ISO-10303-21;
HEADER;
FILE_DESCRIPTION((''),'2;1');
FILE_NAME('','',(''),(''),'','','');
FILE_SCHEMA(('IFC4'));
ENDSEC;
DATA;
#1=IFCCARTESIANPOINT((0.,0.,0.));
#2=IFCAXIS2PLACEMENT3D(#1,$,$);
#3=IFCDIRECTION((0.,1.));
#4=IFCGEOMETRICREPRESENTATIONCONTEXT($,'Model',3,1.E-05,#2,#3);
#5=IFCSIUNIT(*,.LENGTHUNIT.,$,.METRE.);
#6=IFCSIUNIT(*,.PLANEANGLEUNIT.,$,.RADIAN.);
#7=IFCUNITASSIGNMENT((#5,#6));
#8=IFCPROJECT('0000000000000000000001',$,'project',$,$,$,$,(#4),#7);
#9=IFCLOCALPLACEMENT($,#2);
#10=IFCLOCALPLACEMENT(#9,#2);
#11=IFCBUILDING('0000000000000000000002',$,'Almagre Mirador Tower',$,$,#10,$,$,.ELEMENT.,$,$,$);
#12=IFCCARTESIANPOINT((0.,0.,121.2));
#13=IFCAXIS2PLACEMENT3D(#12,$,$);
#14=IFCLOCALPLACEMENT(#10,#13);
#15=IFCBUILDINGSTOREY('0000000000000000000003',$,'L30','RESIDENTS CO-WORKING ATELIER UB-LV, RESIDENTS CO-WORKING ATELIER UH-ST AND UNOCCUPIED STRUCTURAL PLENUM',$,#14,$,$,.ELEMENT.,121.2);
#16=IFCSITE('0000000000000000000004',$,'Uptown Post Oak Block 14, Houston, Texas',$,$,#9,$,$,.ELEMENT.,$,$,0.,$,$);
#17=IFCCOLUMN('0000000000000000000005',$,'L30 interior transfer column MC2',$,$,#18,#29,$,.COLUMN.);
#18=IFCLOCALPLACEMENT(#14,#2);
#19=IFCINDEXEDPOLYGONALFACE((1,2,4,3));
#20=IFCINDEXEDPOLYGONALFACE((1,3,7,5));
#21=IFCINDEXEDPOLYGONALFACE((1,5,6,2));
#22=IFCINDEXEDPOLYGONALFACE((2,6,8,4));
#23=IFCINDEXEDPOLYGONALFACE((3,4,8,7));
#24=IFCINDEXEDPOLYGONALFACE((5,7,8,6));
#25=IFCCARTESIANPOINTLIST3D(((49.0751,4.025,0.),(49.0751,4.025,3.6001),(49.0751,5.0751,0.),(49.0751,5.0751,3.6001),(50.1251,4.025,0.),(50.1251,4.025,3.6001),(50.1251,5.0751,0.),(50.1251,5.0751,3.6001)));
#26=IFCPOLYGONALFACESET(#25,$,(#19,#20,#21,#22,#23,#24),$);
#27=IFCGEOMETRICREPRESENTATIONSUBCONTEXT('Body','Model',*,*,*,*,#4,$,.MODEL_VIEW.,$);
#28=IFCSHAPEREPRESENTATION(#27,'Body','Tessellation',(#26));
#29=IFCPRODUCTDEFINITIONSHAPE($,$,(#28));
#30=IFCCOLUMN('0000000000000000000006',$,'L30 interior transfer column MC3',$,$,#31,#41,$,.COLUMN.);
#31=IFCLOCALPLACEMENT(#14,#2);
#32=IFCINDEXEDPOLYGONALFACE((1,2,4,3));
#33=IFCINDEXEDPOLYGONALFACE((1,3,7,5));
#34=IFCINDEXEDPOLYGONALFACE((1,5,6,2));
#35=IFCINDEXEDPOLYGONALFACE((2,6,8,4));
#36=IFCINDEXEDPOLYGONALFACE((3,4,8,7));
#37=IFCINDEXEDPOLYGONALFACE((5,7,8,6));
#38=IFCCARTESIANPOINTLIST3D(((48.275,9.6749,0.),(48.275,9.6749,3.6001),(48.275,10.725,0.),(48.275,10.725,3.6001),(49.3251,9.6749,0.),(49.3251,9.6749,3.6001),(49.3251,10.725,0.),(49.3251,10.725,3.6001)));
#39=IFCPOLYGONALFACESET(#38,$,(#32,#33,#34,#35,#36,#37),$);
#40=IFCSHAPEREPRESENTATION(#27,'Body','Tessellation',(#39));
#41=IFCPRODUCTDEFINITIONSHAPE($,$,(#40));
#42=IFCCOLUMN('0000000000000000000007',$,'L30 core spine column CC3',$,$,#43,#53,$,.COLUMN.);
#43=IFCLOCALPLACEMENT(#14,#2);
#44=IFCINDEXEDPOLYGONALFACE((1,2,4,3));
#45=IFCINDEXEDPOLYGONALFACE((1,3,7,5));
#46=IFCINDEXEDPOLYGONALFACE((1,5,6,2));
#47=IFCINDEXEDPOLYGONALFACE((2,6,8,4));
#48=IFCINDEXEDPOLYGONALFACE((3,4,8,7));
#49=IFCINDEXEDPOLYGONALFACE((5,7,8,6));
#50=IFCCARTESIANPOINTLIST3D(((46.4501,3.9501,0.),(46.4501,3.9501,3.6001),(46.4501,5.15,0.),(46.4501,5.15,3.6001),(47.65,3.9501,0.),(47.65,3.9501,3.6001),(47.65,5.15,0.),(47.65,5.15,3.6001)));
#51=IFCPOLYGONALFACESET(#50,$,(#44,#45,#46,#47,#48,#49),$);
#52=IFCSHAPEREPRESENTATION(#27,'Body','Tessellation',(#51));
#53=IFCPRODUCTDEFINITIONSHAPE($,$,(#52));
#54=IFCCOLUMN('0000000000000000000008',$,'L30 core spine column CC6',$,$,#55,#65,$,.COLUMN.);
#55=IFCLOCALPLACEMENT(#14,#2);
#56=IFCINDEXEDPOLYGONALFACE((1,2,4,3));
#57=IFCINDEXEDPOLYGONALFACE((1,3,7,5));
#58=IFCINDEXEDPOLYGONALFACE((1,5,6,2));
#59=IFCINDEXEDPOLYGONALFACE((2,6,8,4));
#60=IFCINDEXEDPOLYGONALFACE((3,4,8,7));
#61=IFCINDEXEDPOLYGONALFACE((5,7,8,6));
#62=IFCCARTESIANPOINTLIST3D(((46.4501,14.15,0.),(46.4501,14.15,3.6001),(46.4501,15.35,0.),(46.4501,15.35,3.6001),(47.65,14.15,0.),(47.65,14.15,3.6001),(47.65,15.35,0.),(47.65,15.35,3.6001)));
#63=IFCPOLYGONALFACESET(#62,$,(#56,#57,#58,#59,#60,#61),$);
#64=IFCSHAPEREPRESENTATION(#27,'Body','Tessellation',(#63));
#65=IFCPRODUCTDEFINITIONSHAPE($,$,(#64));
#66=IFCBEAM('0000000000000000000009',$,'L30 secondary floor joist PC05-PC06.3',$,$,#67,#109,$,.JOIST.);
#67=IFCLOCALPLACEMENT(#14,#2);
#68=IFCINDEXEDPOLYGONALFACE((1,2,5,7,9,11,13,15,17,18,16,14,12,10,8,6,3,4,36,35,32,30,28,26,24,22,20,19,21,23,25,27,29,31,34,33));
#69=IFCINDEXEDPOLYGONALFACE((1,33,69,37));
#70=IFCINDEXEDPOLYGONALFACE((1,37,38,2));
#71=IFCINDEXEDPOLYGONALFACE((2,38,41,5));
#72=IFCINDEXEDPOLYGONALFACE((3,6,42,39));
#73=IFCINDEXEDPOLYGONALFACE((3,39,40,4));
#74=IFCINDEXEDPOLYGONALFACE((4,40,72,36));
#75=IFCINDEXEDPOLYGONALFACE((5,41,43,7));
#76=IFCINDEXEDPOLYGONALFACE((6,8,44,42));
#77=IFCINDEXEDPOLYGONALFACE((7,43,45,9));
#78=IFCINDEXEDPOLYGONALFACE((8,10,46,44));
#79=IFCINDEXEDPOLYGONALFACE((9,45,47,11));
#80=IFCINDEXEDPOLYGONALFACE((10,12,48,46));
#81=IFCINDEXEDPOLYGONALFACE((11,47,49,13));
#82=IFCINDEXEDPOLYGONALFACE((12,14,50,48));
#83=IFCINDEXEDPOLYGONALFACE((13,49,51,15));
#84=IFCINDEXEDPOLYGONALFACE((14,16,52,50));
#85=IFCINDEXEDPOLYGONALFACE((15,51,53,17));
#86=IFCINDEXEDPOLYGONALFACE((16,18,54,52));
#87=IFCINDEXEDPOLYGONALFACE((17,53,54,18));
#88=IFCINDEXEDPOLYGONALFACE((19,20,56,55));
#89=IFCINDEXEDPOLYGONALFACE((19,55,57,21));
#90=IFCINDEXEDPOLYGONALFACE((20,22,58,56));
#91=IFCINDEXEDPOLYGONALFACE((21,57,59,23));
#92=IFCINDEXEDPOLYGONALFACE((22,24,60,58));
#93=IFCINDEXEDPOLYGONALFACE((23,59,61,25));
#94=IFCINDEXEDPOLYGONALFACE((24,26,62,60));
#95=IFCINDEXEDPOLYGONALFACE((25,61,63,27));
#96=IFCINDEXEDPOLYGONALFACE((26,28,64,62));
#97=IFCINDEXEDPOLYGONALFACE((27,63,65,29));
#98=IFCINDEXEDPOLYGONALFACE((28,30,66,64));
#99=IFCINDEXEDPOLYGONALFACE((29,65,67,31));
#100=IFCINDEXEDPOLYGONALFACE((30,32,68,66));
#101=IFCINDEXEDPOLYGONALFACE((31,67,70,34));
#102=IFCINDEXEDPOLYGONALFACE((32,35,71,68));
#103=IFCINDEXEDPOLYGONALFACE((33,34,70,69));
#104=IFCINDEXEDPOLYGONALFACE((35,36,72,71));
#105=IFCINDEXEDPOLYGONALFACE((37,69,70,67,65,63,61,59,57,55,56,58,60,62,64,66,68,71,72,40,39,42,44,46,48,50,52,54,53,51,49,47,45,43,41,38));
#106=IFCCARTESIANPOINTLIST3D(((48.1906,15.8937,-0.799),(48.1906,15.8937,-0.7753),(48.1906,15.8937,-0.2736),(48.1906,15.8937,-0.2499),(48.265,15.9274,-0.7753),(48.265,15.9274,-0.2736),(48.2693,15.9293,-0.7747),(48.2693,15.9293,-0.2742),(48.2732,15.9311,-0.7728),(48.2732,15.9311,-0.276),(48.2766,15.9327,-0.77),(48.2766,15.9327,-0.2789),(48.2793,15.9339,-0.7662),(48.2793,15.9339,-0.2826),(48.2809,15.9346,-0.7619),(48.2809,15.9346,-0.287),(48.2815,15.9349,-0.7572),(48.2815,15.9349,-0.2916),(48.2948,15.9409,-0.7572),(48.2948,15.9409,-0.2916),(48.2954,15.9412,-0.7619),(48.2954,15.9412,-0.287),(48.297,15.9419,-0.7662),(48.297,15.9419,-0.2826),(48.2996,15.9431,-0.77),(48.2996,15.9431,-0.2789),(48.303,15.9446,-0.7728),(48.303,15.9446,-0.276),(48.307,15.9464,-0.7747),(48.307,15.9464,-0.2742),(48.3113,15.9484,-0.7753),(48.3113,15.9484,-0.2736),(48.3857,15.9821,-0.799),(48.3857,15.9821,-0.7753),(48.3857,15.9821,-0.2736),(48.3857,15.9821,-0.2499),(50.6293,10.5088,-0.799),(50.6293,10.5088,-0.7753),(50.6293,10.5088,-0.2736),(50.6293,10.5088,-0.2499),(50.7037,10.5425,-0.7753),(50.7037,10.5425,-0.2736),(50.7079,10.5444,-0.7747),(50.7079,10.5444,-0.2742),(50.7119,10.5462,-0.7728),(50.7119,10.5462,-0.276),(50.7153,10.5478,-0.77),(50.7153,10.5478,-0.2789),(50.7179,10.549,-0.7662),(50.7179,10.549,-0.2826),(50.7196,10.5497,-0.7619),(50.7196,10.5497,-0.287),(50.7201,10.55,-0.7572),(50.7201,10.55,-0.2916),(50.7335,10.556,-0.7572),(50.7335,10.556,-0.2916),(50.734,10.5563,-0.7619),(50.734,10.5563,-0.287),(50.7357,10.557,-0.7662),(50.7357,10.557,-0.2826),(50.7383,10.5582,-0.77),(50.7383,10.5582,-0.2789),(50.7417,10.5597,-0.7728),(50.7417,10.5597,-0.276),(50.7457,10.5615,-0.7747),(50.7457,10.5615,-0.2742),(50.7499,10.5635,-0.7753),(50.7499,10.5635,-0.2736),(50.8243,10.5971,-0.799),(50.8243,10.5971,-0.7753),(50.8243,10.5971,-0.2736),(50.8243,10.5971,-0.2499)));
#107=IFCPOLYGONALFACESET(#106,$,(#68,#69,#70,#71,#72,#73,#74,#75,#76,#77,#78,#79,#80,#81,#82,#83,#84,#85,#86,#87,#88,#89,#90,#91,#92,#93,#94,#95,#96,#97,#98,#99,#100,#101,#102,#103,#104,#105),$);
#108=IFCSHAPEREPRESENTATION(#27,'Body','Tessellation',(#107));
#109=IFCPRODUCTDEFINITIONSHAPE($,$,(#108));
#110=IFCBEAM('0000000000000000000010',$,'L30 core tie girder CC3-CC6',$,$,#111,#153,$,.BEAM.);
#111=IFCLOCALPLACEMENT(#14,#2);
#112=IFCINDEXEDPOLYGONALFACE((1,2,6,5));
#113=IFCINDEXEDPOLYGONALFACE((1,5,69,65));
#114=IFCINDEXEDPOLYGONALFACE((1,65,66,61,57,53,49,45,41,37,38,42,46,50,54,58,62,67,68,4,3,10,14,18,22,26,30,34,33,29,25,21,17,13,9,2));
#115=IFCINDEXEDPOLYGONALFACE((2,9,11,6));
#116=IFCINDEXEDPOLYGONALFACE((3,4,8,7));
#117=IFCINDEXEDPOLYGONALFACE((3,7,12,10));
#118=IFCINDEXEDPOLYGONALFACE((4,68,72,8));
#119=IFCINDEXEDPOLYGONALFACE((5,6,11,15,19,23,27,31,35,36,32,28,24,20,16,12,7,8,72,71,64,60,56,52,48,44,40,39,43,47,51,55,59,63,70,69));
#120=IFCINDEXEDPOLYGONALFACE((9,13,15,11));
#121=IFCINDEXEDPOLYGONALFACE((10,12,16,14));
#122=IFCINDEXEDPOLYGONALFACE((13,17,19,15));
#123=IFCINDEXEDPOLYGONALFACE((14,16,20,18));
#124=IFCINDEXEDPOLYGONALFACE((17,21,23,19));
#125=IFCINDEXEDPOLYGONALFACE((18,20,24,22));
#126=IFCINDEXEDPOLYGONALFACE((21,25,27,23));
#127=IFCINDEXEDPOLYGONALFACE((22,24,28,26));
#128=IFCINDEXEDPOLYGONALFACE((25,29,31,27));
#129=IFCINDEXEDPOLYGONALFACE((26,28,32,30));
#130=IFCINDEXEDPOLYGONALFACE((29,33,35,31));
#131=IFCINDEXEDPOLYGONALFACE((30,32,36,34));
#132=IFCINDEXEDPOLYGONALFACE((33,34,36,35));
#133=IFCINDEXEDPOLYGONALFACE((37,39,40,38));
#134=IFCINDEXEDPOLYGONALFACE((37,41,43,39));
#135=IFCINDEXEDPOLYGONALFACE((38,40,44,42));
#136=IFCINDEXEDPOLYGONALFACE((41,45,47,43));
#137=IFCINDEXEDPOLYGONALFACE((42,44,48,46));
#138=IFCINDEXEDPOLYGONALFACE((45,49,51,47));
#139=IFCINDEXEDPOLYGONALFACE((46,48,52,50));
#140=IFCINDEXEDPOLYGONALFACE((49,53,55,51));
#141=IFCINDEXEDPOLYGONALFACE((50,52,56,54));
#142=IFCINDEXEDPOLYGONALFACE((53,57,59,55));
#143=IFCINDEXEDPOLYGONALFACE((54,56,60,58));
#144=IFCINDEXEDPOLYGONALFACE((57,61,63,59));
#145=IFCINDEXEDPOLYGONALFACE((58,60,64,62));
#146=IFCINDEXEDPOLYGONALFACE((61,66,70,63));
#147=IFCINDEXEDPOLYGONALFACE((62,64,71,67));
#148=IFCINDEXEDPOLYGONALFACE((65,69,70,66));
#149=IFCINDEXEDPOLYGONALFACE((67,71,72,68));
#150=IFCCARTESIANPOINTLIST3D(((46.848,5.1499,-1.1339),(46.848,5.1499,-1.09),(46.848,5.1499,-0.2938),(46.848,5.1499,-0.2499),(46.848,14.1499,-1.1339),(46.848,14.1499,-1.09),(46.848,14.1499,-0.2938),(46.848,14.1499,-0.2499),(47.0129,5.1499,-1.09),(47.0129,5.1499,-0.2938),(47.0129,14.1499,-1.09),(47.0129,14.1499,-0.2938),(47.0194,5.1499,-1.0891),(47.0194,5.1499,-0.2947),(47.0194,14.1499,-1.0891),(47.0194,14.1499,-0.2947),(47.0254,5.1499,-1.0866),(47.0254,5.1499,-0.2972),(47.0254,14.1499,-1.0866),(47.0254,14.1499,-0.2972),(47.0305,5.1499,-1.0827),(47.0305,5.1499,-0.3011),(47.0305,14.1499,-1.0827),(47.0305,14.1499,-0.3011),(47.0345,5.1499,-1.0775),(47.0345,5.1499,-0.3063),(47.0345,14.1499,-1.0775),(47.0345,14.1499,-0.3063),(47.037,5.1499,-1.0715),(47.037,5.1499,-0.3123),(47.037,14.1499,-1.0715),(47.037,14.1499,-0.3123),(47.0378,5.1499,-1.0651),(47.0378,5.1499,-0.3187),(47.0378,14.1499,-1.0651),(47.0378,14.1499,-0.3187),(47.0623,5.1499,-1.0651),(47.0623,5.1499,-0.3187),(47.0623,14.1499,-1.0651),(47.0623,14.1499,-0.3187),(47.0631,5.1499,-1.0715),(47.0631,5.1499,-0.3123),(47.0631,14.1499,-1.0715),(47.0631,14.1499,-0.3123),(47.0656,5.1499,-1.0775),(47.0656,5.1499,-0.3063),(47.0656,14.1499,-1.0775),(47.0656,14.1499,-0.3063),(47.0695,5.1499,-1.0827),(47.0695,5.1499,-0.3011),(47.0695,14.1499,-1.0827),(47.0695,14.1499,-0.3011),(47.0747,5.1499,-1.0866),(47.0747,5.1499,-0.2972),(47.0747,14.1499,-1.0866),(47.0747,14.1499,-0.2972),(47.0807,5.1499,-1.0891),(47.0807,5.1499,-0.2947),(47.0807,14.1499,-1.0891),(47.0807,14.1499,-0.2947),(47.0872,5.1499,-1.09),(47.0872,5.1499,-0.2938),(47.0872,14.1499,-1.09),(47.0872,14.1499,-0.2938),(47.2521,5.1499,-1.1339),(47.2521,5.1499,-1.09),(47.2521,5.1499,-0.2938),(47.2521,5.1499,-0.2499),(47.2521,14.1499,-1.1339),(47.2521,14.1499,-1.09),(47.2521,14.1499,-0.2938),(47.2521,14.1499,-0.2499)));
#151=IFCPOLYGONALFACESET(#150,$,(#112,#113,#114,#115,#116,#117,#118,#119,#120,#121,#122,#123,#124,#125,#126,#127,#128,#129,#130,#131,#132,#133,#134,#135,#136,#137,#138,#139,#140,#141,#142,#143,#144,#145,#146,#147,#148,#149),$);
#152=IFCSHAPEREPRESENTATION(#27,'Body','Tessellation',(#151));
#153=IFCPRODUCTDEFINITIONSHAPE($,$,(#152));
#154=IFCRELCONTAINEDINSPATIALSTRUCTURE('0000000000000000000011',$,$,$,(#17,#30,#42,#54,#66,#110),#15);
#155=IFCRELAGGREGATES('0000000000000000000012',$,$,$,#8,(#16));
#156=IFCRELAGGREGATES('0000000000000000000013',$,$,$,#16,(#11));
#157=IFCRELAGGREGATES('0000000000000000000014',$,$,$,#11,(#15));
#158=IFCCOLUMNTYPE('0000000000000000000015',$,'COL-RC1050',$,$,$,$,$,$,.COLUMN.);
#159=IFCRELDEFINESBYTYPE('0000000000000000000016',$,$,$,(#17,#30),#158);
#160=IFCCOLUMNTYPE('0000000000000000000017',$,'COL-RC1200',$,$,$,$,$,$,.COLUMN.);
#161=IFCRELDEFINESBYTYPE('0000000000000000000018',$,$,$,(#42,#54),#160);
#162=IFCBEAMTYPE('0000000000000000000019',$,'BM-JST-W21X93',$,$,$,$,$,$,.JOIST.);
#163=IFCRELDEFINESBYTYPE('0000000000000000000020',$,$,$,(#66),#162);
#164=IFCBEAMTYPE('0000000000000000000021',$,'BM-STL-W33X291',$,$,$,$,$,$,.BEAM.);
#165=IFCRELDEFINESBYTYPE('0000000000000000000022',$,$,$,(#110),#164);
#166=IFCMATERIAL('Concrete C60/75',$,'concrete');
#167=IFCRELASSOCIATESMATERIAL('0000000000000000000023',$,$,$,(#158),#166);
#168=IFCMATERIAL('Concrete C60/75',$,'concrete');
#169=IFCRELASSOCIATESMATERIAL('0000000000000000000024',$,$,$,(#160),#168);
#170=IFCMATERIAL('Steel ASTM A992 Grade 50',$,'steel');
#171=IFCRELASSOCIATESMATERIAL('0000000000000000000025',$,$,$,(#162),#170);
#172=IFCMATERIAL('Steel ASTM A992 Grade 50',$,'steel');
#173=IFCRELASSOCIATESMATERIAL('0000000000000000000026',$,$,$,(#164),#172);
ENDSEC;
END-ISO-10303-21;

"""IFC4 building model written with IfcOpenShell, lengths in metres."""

from ifc_helpers import new_model, si_unit, direction, frame, origin, origin_2d, place, context, subcontext, project, spatial, rectangle, i_section, extrude, material, material_profile, profile_set, type_object, element, save


model = new_model("IFC4")

# Units and contexts
model_context = context("Model", 3, precision=1e-05, world=origin(), true_north=direction((0.0, 1.0)))
body_context = subcontext(model_context, "Body", "Model", "MODEL_VIEW")
ifc_project = project(units=[si_unit("LENGTHUNIT", "METRE"), si_unit("PLANEANGLEUNIT", "RADIAN")], contexts=[model_context])

# Site, building, storey
site_placement = place(None, origin())
site = spatial("IfcSite", under=ifc_project, at=site_placement, Name="Uptown Post Oak Block 14, Houston, Texas", CompositionType="ELEMENT", RefElevation=0.0)
building_placement = place(site_placement, origin())
building = spatial("IfcBuilding", under=site, at=building_placement, Name="Almagre Mirador Tower", CompositionType="ELEMENT")
storey_placement = place(building_placement, frame((0.0, 0.0, 121.2)))
storey = spatial("IfcBuildingStorey", under=building, at=storey_placement, Name="L30", Description="RESIDENTS CO-WORKING ATELIER UB-LV, RESIDENTS CO-WORKING ATELIER UH-ST AND UNOCCUPIED STRUCTURAL PLENUM", CompositionType="ELEMENT", Elevation=121.2)

# Columns
ifc_material_1 = material(Name="Concrete C60/75", Category="concrete")
ifc_material_profile_1 = material_profile(ifc_material_1, rectangle(XDim=1.05, YDim=1.05, at=origin_2d()), Name="RC1050X1050")
ifc_profile_set_1 = profile_set([ifc_material_profile_1], Name="Concrete C60/75")
column_type_1 = type_object("IfcColumnType", Name="COL-RC1050", PredefinedType="COLUMN", material=ifc_profile_set_1)
for number, where, z_axis, x_axis, name in (
    (1, (49.6001, 4.55, 0.0), (0.0, 0.0, 1.0), (1.0, 0.0, 0.0), "L30 interior transfer column MC2"),
    (2, (48.8, 10.2, 0.0), (0.0, 0.0, 1.0), (1.0, 0.0, 0.0), "L30 interior transfer column MC3"),
):
    element("IfcColumn", number, at=place(storey_placement, frame(where, z_axis=z_axis, x_axis=x_axis)), inside=storey, type_object=column_type_1, Name=name, PredefinedType="COLUMN", context=body_context, shape_type="SweptSolid", body=[
        extrude(rectangle(XDim=1.05, YDim=1.05, at=origin_2d()), origin(), (0.0, 0.0, 1.0), 3.6001),
    ])
ifc_material_2 = material(Name="Concrete C60/75", Category="concrete")
ifc_material_profile_2 = material_profile(ifc_material_2, rectangle(XDim=1.2, YDim=1.2, at=origin_2d()), Name="RC1200X1200")
ifc_profile_set_2 = profile_set([ifc_material_profile_2], Name="Concrete C60/75")
column_type_2 = type_object("IfcColumnType", Name="COL-RC1200", PredefinedType="COLUMN", material=ifc_profile_set_2)
for number, where, z_axis, x_axis, name in (
    (3, (47.05, 4.55, 0.0), (0.0, 0.0, 1.0), (1.0, 0.0, 0.0), "L30 core spine column CC3"),
    (4, (47.05, 14.75, 0.0), (0.0, 0.0, 1.0), (1.0, 0.0, 0.0), "L30 core spine column CC6"),
):
    element("IfcColumn", number, at=place(storey_placement, frame(where, z_axis=z_axis, x_axis=x_axis)), inside=storey, type_object=column_type_2, Name=name, PredefinedType="COLUMN", context=body_context, shape_type="SweptSolid", body=[
        extrude(rectangle(XDim=1.2, YDim=1.2, at=origin_2d()), origin(), (0.0, 0.0, 1.0), 3.6001),
    ])

# Beams
ifc_material_3 = material(Name="Steel ASTM A992 Grade 50", Category="steel")
ifc_material_profile_3 = material_profile(ifc_material_3, i_section(OverallWidth=0.2141, OverallDepth=0.5491, WebThickness=0.0146, FlangeThickness=0.0237, FilletRadius=0.0181, at=origin_2d()), Name="W21X93")
ifc_profile_set_3 = profile_set([ifc_material_profile_3], Name="Steel ASTM A992 Grade 50")
beam_type_1 = type_object("IfcBeamType", Name="BM-JST-W21X93", PredefinedType="JOIST", material=ifc_profile_set_3)
beam_1_placement = place(storey_placement, frame((50.7268, 10.553, -0.5244), z_axis=(-0.412539, 0.91094, 0.0), x_axis=(-0.91094, -0.412539, 0.0)))
element("IfcBeam", 5, at=beam_1_placement, inside=storey, type_object=beam_type_1, Name="L30 secondary floor joist PC05-PC06.3", PredefinedType="JOIST", context=body_context, shape_type="SweptSolid", body=[
    extrude(i_section(OverallWidth=0.2141, OverallDepth=0.5491, WebThickness=0.0146, FlangeThickness=0.0237, FilletRadius=0.0181, at=origin_2d()), origin(), (0.0, 0.0, 1.0), 5.9114),
])
ifc_material_4 = material(Name="Steel ASTM A992 Grade 50", Category="steel")
ifc_material_profile_4 = material_profile(ifc_material_4, i_section(OverallWidth=0.4041, OverallDepth=0.884, WebThickness=0.0244, FlangeThickness=0.0439, FilletRadius=0.0249, at=origin_2d()), Name="W33X291")
ifc_profile_set_4 = profile_set([ifc_material_profile_4], Name="Steel ASTM A992 Grade 50")
beam_type_2 = type_object("IfcBeamType", Name="BM-STL-W33X291", PredefinedType="BEAM", material=ifc_profile_set_4)
beam_2_placement = place(storey_placement, frame((47.05, 5.1499, -0.6919), z_axis=(0.0, 1.0, 0.0), x_axis=(-1.0, 0.0, 0.0)))
element("IfcBeam", 6, at=beam_2_placement, inside=storey, type_object=beam_type_2, Name="L30 core tie girder CC3-CC6", PredefinedType="BEAM", context=body_context, shape_type="SweptSolid", body=[
    extrude(i_section(OverallWidth=0.4041, OverallDepth=0.884, WebThickness=0.0244, FlangeThickness=0.0439, FilletRadius=0.0249, at=origin_2d()), origin(), (0.0, 0.0, 1.0), 9.0),
])

save(model, "model.ifc")
